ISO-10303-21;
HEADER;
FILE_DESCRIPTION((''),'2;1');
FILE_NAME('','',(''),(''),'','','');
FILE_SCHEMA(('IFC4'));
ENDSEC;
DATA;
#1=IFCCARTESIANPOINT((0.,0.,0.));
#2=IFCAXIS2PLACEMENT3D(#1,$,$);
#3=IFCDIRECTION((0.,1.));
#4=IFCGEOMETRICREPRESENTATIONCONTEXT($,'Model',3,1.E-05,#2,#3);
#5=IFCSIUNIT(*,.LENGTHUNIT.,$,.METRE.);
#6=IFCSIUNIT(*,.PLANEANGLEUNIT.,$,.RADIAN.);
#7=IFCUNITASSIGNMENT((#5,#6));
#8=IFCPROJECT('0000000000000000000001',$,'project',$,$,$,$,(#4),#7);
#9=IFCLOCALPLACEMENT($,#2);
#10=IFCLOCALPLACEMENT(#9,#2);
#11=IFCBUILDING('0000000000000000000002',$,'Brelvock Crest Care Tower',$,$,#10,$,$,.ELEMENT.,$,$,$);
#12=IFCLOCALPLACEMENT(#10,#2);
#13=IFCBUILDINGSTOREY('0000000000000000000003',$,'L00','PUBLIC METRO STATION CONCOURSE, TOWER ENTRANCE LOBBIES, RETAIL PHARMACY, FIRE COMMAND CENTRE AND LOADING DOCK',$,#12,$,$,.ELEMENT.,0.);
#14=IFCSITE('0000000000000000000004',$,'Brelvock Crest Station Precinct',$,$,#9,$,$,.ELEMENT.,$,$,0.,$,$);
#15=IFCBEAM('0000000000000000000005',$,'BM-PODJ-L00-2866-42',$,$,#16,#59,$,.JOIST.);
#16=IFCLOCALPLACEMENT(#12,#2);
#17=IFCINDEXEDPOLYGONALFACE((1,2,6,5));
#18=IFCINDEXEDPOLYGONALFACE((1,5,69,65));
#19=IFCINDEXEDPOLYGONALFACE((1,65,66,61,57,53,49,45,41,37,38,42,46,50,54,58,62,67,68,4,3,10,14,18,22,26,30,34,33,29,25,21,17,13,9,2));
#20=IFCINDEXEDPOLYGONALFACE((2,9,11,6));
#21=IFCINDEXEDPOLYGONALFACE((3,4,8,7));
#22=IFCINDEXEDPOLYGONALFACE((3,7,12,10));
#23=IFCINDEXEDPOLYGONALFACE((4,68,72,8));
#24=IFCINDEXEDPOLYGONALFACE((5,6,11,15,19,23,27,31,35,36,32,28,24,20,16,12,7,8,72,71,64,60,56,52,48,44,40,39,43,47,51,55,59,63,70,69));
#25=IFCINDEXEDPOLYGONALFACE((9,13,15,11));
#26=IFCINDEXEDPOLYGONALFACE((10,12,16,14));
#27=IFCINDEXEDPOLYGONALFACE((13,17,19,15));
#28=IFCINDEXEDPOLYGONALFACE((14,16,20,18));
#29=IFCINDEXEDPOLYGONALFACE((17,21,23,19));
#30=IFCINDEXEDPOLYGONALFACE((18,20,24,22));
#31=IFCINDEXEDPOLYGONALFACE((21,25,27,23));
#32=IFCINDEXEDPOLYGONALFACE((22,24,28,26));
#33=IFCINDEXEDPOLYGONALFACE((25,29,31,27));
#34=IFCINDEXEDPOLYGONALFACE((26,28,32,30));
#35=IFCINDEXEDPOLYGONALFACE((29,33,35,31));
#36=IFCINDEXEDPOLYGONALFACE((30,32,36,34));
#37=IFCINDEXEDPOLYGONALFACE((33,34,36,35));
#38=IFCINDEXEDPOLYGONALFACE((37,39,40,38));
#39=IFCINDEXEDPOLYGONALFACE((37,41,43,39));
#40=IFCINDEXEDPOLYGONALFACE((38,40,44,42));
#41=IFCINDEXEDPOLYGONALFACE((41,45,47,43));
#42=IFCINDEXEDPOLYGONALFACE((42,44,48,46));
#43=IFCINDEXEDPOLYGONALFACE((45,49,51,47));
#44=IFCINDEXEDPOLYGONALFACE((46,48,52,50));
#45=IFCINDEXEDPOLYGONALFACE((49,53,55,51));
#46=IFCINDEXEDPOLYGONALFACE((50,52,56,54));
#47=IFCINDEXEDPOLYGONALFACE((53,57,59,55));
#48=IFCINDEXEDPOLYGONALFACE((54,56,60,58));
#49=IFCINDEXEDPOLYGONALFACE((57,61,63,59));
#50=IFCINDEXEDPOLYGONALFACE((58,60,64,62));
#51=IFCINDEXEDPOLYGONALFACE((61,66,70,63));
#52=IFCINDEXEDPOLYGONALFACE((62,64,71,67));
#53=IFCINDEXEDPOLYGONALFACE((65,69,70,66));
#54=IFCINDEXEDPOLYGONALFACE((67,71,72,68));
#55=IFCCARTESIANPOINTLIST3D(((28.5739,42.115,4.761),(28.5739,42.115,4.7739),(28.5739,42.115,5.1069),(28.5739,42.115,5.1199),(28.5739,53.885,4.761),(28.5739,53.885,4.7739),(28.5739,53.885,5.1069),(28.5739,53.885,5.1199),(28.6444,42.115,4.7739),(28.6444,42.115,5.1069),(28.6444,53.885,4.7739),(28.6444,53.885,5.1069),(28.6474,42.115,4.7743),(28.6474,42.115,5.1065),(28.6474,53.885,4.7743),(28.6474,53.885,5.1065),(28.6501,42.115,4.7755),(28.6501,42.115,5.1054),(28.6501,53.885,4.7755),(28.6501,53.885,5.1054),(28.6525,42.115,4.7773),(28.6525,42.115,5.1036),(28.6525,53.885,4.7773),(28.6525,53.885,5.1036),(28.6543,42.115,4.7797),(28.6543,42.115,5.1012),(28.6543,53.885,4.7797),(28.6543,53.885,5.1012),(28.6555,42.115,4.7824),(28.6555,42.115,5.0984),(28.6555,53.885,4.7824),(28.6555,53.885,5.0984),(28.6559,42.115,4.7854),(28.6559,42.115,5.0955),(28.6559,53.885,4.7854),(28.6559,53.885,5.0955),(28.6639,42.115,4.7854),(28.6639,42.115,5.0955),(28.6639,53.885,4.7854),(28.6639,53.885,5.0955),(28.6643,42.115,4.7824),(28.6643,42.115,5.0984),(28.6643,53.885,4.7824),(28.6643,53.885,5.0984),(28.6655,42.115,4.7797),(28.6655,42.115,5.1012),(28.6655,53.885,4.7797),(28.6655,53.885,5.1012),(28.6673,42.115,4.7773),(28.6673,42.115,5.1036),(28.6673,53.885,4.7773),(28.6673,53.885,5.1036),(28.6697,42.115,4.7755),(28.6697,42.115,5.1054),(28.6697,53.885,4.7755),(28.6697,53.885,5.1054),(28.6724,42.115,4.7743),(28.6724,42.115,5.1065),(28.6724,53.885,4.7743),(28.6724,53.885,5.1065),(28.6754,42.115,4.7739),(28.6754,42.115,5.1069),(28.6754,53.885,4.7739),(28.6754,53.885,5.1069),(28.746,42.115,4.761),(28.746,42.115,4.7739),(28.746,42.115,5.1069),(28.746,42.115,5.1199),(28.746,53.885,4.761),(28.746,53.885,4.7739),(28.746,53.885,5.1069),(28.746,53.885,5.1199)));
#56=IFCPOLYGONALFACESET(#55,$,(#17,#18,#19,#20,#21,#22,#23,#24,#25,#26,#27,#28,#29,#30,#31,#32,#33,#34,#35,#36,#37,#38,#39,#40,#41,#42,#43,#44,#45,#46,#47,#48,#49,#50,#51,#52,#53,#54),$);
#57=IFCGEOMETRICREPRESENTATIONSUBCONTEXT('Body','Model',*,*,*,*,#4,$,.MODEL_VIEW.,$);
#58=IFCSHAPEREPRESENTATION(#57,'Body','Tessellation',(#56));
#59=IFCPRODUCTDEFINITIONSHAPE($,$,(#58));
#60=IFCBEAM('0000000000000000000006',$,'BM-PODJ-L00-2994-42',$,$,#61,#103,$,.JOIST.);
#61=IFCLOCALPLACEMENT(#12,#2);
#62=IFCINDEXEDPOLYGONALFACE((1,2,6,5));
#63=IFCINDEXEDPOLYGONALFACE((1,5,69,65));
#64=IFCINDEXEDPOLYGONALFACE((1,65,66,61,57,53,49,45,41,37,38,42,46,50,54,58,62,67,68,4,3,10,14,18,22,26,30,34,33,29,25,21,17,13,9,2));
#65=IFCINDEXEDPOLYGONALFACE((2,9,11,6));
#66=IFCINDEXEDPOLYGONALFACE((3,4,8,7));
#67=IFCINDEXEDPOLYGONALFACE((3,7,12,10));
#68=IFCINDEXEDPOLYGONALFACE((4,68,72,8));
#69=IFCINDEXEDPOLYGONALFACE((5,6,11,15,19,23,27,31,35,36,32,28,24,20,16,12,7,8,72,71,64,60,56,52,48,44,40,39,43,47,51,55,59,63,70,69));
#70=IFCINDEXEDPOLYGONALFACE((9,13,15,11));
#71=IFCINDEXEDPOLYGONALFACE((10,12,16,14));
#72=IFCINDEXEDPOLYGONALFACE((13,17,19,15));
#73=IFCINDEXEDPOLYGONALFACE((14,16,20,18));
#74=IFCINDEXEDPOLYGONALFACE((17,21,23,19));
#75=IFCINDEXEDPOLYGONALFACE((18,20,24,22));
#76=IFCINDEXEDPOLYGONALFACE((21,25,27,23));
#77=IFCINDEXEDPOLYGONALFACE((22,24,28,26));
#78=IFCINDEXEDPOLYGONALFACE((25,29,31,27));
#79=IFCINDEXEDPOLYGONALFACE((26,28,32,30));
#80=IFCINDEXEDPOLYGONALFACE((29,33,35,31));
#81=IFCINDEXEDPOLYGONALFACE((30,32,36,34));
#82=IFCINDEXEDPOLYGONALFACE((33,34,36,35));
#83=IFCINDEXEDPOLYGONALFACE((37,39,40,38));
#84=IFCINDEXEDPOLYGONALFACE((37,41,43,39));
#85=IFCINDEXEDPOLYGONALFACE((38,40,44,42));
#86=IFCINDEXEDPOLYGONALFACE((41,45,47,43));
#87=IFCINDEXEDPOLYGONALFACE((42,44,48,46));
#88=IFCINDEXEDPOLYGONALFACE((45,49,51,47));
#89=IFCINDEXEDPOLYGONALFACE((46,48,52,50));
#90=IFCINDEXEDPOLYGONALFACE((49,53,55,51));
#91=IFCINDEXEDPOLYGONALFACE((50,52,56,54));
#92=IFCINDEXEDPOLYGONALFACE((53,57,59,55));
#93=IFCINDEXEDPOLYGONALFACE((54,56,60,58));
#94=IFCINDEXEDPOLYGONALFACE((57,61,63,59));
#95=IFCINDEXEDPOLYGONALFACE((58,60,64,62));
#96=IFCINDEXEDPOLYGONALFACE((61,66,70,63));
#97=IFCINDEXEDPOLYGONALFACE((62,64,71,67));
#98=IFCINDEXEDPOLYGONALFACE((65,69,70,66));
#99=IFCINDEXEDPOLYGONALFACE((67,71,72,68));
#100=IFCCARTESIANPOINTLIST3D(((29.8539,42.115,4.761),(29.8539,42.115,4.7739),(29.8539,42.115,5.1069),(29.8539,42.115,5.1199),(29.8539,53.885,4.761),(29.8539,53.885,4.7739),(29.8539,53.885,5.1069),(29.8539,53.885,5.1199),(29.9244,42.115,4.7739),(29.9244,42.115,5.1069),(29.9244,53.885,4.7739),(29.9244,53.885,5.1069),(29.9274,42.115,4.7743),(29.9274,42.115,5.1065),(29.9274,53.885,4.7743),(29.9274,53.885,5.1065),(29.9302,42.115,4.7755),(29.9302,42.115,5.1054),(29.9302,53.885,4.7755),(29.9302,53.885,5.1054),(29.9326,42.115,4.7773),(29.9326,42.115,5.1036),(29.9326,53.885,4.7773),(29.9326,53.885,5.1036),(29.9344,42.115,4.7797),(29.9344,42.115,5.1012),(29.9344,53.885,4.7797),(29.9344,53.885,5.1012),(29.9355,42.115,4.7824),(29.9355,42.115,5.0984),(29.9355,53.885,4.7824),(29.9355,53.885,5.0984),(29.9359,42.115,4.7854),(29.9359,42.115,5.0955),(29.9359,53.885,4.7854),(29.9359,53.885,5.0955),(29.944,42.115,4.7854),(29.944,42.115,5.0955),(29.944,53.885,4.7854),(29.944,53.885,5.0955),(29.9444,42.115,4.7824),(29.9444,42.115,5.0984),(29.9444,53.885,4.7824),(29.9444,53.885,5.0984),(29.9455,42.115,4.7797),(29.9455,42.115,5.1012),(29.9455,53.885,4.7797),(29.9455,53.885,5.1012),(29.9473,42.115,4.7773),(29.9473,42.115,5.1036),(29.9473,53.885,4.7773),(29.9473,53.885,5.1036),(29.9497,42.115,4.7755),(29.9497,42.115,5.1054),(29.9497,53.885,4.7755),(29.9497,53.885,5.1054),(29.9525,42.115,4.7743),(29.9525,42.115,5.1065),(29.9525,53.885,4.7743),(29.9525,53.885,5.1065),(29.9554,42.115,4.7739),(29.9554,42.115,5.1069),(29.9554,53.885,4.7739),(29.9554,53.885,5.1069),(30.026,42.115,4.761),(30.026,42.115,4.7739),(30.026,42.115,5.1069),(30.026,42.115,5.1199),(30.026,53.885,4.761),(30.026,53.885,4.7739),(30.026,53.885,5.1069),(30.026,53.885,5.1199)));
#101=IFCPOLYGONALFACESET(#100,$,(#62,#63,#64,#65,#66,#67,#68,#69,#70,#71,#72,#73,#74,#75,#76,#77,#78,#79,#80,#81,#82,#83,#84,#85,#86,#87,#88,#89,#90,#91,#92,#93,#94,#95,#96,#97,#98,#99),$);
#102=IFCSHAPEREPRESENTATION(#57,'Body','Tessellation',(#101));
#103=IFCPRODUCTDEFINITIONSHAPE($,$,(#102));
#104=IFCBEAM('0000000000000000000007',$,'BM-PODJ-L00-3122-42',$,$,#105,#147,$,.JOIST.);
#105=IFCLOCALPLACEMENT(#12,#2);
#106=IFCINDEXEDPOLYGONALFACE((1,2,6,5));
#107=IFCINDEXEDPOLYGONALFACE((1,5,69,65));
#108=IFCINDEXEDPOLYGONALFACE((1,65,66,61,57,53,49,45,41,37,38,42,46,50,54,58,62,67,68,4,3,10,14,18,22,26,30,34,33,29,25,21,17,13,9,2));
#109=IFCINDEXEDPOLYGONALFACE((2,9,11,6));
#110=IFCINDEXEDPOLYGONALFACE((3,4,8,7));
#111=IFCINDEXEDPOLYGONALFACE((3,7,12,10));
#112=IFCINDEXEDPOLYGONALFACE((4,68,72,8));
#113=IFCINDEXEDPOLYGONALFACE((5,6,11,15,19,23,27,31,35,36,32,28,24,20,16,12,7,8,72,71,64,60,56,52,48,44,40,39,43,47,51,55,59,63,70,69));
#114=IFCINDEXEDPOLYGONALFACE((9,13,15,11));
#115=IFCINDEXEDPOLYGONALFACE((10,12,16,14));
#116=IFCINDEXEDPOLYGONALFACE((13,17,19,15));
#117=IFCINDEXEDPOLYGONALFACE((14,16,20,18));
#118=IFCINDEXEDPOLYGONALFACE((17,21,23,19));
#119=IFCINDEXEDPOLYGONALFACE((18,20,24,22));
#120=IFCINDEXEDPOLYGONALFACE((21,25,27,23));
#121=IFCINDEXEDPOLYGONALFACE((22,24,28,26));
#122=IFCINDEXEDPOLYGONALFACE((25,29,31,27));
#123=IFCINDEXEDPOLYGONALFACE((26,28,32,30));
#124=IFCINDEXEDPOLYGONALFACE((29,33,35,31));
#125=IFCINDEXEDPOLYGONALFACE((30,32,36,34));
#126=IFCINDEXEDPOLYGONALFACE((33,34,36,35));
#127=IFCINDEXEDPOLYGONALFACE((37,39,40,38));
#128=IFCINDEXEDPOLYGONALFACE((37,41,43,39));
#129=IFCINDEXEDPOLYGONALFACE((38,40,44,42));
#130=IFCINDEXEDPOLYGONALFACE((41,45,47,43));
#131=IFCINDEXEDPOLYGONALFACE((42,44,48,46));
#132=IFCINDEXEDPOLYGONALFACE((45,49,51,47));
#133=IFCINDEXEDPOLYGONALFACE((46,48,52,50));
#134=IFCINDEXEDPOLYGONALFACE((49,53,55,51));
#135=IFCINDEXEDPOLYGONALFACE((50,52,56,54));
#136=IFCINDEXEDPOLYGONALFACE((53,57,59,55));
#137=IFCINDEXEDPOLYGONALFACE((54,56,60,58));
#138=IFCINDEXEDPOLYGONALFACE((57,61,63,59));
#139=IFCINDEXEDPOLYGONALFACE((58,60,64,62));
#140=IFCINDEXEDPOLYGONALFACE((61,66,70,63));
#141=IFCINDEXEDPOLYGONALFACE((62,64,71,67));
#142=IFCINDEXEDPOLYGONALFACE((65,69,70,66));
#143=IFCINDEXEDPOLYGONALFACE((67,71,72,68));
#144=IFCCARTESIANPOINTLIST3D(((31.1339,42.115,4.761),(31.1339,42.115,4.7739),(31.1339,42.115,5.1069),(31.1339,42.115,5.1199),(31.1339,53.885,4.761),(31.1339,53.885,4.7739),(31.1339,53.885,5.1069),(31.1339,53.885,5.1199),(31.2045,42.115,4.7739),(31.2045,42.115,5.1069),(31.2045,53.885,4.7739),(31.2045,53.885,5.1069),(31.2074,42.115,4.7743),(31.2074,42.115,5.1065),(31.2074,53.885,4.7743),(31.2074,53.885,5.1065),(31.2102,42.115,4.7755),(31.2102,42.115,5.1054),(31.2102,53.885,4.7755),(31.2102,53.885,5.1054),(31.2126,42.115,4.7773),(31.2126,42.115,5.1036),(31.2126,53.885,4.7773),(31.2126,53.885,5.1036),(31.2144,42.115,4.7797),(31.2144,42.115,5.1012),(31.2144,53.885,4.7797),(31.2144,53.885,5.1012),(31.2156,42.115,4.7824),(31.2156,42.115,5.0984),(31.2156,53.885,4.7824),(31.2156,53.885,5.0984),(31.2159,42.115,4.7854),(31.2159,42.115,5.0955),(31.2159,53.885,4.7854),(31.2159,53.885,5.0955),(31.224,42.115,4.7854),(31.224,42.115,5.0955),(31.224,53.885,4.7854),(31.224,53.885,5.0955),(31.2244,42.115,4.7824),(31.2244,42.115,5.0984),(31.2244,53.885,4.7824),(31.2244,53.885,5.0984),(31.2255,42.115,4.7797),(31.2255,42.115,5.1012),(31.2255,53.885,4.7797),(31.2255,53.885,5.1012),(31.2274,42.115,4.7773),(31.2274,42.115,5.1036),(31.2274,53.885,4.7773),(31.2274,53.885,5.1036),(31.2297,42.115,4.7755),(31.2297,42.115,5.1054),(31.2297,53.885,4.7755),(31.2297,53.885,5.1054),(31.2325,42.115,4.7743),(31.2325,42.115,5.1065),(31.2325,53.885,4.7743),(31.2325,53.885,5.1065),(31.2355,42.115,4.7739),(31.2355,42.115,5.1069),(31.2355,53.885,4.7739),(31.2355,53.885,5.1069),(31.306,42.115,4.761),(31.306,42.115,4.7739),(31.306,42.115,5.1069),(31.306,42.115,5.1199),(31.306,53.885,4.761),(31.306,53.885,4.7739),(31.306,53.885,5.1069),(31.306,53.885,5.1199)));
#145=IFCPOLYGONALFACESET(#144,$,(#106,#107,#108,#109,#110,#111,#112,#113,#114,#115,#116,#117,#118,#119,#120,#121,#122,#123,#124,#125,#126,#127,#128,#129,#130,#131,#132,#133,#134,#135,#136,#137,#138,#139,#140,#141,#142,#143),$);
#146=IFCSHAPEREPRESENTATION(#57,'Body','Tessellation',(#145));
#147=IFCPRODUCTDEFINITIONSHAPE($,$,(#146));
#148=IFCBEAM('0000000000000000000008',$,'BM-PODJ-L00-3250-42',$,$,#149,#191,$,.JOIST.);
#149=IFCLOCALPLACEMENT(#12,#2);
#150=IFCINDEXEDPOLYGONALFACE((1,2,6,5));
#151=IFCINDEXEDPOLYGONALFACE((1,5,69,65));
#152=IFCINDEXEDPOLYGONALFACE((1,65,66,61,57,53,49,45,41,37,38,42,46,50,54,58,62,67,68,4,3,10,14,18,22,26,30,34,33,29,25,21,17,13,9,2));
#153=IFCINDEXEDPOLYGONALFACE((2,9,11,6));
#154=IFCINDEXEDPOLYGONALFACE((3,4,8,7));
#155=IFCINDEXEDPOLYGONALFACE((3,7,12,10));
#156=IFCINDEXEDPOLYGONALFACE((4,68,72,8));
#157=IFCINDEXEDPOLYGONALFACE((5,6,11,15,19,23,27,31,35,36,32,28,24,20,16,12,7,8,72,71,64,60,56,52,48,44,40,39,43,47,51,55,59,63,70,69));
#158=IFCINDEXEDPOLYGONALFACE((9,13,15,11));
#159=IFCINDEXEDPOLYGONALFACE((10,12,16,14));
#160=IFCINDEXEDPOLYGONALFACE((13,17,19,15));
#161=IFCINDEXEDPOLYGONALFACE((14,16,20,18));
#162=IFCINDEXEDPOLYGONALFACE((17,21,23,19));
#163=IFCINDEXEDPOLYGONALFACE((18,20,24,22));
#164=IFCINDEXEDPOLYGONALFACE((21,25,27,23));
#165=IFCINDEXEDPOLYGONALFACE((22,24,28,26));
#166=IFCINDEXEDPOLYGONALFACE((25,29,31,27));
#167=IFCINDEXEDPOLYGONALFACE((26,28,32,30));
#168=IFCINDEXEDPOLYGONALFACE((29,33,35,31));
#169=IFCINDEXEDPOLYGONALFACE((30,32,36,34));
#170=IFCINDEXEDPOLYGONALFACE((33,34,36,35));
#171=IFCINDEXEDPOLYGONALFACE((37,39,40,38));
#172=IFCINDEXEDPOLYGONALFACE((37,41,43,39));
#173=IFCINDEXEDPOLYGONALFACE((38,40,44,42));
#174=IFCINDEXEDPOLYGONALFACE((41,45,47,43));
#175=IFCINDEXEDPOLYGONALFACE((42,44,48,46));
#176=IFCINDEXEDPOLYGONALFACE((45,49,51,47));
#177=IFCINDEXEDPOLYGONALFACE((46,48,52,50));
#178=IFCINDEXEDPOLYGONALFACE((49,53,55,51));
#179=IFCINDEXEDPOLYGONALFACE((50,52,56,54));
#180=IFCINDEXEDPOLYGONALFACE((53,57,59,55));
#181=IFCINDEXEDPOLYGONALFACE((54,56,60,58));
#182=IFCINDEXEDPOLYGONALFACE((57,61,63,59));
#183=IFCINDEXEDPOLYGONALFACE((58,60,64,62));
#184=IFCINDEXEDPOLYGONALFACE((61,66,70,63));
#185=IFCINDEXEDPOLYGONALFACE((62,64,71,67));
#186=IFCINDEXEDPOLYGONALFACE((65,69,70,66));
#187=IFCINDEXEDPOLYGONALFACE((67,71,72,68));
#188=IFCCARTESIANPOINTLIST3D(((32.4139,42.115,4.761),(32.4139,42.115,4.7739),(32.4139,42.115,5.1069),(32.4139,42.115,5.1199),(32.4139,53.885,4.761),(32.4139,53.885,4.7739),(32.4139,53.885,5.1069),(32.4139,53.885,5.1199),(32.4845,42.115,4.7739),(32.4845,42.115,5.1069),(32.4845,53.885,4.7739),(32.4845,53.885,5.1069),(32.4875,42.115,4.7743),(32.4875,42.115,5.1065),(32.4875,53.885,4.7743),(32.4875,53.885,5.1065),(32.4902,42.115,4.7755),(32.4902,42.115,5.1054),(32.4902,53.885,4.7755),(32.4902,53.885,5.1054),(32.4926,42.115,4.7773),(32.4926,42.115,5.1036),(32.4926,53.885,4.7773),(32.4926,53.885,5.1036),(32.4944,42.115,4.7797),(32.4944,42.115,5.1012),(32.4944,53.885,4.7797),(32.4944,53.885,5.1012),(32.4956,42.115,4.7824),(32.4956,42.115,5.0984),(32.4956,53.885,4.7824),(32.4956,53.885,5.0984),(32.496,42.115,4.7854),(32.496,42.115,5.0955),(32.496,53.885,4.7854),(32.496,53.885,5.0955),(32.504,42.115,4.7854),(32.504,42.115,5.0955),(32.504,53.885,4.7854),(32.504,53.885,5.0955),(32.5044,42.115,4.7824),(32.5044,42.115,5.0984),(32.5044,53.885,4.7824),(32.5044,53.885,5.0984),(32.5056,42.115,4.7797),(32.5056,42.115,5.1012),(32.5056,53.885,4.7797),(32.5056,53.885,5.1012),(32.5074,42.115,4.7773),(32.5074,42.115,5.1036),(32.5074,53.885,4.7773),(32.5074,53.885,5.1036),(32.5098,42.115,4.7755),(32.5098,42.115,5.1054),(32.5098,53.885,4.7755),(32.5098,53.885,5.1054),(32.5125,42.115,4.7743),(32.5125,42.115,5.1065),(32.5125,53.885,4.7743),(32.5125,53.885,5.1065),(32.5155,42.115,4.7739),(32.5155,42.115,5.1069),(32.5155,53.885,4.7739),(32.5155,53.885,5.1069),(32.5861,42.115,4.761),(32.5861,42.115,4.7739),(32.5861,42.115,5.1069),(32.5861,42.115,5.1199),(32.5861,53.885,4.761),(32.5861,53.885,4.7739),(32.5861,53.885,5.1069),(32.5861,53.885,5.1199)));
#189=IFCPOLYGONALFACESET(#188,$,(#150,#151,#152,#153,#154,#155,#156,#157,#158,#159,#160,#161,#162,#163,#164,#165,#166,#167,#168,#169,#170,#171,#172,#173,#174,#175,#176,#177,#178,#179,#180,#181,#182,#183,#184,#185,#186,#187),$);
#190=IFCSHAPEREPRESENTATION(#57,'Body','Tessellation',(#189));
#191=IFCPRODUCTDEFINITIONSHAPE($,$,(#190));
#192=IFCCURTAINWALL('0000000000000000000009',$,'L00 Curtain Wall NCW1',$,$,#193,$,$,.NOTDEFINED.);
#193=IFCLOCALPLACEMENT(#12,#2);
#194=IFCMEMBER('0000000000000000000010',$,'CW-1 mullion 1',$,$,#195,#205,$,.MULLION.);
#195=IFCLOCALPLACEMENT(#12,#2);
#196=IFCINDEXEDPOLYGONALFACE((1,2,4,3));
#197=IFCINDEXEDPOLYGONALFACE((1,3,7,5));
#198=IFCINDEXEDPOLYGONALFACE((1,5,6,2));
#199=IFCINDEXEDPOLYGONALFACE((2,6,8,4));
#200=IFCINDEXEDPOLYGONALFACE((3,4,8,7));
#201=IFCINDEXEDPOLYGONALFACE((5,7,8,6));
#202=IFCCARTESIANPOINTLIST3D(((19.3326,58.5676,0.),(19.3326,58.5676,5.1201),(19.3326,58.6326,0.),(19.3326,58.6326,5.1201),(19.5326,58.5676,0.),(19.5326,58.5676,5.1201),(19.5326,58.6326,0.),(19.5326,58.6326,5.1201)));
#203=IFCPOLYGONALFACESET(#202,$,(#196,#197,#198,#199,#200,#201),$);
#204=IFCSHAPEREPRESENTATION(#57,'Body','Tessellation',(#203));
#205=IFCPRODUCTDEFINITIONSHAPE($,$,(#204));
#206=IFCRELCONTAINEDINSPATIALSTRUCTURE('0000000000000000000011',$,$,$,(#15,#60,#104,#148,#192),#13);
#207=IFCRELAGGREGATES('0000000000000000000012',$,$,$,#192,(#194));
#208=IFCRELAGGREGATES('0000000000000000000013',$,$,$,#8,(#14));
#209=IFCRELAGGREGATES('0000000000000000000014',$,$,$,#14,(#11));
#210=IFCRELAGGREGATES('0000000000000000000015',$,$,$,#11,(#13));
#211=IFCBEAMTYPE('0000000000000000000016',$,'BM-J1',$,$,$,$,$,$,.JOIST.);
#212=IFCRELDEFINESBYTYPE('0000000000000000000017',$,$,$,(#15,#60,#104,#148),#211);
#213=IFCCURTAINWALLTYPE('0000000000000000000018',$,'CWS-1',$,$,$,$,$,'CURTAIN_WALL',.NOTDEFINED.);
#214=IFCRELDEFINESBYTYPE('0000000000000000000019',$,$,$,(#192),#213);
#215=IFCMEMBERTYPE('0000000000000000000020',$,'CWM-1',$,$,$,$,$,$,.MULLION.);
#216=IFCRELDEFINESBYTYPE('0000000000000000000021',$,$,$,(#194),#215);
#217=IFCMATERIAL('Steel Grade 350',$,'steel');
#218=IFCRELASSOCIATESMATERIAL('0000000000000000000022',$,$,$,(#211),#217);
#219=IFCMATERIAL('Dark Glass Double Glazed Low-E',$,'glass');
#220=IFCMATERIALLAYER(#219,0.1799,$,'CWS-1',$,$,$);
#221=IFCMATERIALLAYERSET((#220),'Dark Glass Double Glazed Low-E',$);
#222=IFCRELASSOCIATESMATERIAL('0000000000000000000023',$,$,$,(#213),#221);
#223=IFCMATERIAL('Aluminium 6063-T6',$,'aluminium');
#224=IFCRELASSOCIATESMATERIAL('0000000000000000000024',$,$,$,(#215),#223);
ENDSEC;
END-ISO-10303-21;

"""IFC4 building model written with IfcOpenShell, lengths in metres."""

from ifc_helpers import new_model, si_unit, direction, frame, origin, origin_2d, place, context, subcontext, project, spatial, rectangle, i_section, extrude, source, transform, mapped, material, layer, layer_set, material_profile, profile_set, type_object, element, aggregate, save


model = new_model("IFC4")

# Units and contexts
model_context = context("Model", 3, precision=1e-05, world=origin(), true_north=direction((0.0, 1.0)))
body_context = subcontext(model_context, "Body", "Model", "MODEL_VIEW")
ifc_project = project(units=[si_unit("LENGTHUNIT", "METRE"), si_unit("PLANEANGLEUNIT", "RADIAN")], contexts=[model_context])

# Site, building, storey
site_placement = place(None, origin())
site = spatial("IfcSite", under=ifc_project, at=site_placement, Name="Brelvock Crest Station Precinct", CompositionType="ELEMENT", RefElevation=0.0)
building_placement = place(site_placement, origin())
building = spatial("IfcBuilding", under=site, at=building_placement, Name="Brelvock Crest Care Tower", CompositionType="ELEMENT")
storey_placement = place(building_placement, origin())
storey = spatial("IfcBuildingStorey", under=building, at=storey_placement, Name="L00", Description="PUBLIC METRO STATION CONCOURSE, TOWER ENTRANCE LOBBIES, RETAIL PHARMACY, FIRE COMMAND CENTRE AND LOADING DOCK", CompositionType="ELEMENT", Elevation=0.0)

# Shared definitions
ifc_material_1 = material(Name="Steel Grade 350", Category="steel")

# Beams
ifc_material_profile_1 = material_profile(ifc_material_1, i_section(OverallWidth=0.1721, OverallDepth=0.3589, WebThickness=0.0081, FlangeThickness=0.0129, FilletRadius=0.0115, at=origin_2d()), Name="360UB56.7")
ifc_profile_set_1 = profile_set([ifc_material_profile_1], Name="Steel Grade 350")
beam_type_1 = type_object("IfcBeamType", Name="BM-J1", PredefinedType="JOIST", material=ifc_profile_set_1)
shared_shape_1 = source(origin(), body_context, "Body", "SweptSolid", [
    extrude(i_section(OverallWidth=0.1721, OverallDepth=0.3589, WebThickness=0.0081, FlangeThickness=0.0129, FilletRadius=0.0115, at=origin_2d()), origin(), (0.0, 0.0, 1.0), 11.77),
])
for number, where, z_axis, x_axis, name in (
    (1, (28.6599, 42.115, 4.9404), (0.0, 1.0, 0.0), (-1.0, 0.0, 0.0), "BM-PODJ-L00-2866-42"),
    (2, (29.9399, 42.115, 4.9404), (0.0, 1.0, 0.0), (-1.0, 0.0, 0.0), "BM-PODJ-L00-2994-42"),
    (3, (31.22, 42.115, 4.9404), (0.0, 1.0, 0.0), (-1.0, 0.0, 0.0), "BM-PODJ-L00-3122-42"),
    (4, (32.5, 42.115, 4.9404), (0.0, 1.0, 0.0), (-1.0, 0.0, 0.0), "BM-PODJ-L00-3250-42"),
):
    element("IfcBeam", number, at=place(storey_placement, frame(where, z_axis=z_axis, x_axis=x_axis)), inside=storey, type_object=beam_type_1, Name=name, PredefinedType="JOIST", context=body_context, shape_type="MappedRepresentation", body=[
        mapped(shared_shape_1, transform((0.0, 0.0, 0.0), x_axis=(1.0, 0.0, 0.0), y_axis=(0.0, 1.0, 0.0), z_axis=(0.0, 0.0, 1.0), scale=1.0)),
    ])

# Curtain wall, member
ifc_material_2 = material(Name="Dark Glass Double Glazed Low-E", Category="glass")
ifc_layer_1 = layer(ifc_material_2, 0.1799, Name="CWS-1")
ifc_layer_set_1 = layer_set([ifc_layer_1], Name="Dark Glass Double Glazed Low-E")
curtain_wall_type = type_object("IfcCurtainWallType", Name="CWS-1", ElementType="CURTAIN_WALL", PredefinedType="NOTDEFINED", material=ifc_layer_set_1)
curtain_wall_1_placement = place(storey_placement, origin())
curtain_wall_1 = element("IfcCurtainWall", 5, at=curtain_wall_1_placement, inside=storey, type_object=curtain_wall_type, Name="L00 Curtain Wall NCW1", PredefinedType="NOTDEFINED")
ifc_material_3 = material(Name="Aluminium 6063-T6", Category="aluminium")
ifc_material_profile_2 = material_profile(ifc_material_3, rectangle(XDim=0.0649, YDim=0.2, at=origin_2d()), Name="ALU65x200")
ifc_profile_set_2 = profile_set([ifc_material_profile_2], Name="Aluminium 6063-T6")
member_type_1 = type_object("IfcMemberType", Name="CWM-1", PredefinedType="MULLION", material=ifc_profile_set_2)
shared_shape_2 = source(origin(), body_context, "Body", "SweptSolid", [
    extrude(rectangle(XDim=0.0649, YDim=0.2, at=origin_2d()), origin(), (0.0, 0.0, 1.0), 5.1201),
])
member_1_placement = place(storey_placement, frame((19.4326, 58.6001, 0.0), z_axis=(0.0, 0.0, 1.0), x_axis=(0.0, 1.0, 0.0)))
member_1 = element("IfcMember", 6, at=member_1_placement, type_object=member_type_1, Name="CW-1 mullion 1", PredefinedType="MULLION", context=body_context, shape_type="MappedRepresentation", body=[
    mapped(shared_shape_2, transform((0.0, 0.0, 0.0), x_axis=(1.0, 0.0, 0.0), y_axis=(0.0, 1.0, 0.0), z_axis=(0.0, 0.0, 1.0), scale=1.0)),
])

aggregate(curtain_wall_1, [member_1])

save(model, "model.ifc")
